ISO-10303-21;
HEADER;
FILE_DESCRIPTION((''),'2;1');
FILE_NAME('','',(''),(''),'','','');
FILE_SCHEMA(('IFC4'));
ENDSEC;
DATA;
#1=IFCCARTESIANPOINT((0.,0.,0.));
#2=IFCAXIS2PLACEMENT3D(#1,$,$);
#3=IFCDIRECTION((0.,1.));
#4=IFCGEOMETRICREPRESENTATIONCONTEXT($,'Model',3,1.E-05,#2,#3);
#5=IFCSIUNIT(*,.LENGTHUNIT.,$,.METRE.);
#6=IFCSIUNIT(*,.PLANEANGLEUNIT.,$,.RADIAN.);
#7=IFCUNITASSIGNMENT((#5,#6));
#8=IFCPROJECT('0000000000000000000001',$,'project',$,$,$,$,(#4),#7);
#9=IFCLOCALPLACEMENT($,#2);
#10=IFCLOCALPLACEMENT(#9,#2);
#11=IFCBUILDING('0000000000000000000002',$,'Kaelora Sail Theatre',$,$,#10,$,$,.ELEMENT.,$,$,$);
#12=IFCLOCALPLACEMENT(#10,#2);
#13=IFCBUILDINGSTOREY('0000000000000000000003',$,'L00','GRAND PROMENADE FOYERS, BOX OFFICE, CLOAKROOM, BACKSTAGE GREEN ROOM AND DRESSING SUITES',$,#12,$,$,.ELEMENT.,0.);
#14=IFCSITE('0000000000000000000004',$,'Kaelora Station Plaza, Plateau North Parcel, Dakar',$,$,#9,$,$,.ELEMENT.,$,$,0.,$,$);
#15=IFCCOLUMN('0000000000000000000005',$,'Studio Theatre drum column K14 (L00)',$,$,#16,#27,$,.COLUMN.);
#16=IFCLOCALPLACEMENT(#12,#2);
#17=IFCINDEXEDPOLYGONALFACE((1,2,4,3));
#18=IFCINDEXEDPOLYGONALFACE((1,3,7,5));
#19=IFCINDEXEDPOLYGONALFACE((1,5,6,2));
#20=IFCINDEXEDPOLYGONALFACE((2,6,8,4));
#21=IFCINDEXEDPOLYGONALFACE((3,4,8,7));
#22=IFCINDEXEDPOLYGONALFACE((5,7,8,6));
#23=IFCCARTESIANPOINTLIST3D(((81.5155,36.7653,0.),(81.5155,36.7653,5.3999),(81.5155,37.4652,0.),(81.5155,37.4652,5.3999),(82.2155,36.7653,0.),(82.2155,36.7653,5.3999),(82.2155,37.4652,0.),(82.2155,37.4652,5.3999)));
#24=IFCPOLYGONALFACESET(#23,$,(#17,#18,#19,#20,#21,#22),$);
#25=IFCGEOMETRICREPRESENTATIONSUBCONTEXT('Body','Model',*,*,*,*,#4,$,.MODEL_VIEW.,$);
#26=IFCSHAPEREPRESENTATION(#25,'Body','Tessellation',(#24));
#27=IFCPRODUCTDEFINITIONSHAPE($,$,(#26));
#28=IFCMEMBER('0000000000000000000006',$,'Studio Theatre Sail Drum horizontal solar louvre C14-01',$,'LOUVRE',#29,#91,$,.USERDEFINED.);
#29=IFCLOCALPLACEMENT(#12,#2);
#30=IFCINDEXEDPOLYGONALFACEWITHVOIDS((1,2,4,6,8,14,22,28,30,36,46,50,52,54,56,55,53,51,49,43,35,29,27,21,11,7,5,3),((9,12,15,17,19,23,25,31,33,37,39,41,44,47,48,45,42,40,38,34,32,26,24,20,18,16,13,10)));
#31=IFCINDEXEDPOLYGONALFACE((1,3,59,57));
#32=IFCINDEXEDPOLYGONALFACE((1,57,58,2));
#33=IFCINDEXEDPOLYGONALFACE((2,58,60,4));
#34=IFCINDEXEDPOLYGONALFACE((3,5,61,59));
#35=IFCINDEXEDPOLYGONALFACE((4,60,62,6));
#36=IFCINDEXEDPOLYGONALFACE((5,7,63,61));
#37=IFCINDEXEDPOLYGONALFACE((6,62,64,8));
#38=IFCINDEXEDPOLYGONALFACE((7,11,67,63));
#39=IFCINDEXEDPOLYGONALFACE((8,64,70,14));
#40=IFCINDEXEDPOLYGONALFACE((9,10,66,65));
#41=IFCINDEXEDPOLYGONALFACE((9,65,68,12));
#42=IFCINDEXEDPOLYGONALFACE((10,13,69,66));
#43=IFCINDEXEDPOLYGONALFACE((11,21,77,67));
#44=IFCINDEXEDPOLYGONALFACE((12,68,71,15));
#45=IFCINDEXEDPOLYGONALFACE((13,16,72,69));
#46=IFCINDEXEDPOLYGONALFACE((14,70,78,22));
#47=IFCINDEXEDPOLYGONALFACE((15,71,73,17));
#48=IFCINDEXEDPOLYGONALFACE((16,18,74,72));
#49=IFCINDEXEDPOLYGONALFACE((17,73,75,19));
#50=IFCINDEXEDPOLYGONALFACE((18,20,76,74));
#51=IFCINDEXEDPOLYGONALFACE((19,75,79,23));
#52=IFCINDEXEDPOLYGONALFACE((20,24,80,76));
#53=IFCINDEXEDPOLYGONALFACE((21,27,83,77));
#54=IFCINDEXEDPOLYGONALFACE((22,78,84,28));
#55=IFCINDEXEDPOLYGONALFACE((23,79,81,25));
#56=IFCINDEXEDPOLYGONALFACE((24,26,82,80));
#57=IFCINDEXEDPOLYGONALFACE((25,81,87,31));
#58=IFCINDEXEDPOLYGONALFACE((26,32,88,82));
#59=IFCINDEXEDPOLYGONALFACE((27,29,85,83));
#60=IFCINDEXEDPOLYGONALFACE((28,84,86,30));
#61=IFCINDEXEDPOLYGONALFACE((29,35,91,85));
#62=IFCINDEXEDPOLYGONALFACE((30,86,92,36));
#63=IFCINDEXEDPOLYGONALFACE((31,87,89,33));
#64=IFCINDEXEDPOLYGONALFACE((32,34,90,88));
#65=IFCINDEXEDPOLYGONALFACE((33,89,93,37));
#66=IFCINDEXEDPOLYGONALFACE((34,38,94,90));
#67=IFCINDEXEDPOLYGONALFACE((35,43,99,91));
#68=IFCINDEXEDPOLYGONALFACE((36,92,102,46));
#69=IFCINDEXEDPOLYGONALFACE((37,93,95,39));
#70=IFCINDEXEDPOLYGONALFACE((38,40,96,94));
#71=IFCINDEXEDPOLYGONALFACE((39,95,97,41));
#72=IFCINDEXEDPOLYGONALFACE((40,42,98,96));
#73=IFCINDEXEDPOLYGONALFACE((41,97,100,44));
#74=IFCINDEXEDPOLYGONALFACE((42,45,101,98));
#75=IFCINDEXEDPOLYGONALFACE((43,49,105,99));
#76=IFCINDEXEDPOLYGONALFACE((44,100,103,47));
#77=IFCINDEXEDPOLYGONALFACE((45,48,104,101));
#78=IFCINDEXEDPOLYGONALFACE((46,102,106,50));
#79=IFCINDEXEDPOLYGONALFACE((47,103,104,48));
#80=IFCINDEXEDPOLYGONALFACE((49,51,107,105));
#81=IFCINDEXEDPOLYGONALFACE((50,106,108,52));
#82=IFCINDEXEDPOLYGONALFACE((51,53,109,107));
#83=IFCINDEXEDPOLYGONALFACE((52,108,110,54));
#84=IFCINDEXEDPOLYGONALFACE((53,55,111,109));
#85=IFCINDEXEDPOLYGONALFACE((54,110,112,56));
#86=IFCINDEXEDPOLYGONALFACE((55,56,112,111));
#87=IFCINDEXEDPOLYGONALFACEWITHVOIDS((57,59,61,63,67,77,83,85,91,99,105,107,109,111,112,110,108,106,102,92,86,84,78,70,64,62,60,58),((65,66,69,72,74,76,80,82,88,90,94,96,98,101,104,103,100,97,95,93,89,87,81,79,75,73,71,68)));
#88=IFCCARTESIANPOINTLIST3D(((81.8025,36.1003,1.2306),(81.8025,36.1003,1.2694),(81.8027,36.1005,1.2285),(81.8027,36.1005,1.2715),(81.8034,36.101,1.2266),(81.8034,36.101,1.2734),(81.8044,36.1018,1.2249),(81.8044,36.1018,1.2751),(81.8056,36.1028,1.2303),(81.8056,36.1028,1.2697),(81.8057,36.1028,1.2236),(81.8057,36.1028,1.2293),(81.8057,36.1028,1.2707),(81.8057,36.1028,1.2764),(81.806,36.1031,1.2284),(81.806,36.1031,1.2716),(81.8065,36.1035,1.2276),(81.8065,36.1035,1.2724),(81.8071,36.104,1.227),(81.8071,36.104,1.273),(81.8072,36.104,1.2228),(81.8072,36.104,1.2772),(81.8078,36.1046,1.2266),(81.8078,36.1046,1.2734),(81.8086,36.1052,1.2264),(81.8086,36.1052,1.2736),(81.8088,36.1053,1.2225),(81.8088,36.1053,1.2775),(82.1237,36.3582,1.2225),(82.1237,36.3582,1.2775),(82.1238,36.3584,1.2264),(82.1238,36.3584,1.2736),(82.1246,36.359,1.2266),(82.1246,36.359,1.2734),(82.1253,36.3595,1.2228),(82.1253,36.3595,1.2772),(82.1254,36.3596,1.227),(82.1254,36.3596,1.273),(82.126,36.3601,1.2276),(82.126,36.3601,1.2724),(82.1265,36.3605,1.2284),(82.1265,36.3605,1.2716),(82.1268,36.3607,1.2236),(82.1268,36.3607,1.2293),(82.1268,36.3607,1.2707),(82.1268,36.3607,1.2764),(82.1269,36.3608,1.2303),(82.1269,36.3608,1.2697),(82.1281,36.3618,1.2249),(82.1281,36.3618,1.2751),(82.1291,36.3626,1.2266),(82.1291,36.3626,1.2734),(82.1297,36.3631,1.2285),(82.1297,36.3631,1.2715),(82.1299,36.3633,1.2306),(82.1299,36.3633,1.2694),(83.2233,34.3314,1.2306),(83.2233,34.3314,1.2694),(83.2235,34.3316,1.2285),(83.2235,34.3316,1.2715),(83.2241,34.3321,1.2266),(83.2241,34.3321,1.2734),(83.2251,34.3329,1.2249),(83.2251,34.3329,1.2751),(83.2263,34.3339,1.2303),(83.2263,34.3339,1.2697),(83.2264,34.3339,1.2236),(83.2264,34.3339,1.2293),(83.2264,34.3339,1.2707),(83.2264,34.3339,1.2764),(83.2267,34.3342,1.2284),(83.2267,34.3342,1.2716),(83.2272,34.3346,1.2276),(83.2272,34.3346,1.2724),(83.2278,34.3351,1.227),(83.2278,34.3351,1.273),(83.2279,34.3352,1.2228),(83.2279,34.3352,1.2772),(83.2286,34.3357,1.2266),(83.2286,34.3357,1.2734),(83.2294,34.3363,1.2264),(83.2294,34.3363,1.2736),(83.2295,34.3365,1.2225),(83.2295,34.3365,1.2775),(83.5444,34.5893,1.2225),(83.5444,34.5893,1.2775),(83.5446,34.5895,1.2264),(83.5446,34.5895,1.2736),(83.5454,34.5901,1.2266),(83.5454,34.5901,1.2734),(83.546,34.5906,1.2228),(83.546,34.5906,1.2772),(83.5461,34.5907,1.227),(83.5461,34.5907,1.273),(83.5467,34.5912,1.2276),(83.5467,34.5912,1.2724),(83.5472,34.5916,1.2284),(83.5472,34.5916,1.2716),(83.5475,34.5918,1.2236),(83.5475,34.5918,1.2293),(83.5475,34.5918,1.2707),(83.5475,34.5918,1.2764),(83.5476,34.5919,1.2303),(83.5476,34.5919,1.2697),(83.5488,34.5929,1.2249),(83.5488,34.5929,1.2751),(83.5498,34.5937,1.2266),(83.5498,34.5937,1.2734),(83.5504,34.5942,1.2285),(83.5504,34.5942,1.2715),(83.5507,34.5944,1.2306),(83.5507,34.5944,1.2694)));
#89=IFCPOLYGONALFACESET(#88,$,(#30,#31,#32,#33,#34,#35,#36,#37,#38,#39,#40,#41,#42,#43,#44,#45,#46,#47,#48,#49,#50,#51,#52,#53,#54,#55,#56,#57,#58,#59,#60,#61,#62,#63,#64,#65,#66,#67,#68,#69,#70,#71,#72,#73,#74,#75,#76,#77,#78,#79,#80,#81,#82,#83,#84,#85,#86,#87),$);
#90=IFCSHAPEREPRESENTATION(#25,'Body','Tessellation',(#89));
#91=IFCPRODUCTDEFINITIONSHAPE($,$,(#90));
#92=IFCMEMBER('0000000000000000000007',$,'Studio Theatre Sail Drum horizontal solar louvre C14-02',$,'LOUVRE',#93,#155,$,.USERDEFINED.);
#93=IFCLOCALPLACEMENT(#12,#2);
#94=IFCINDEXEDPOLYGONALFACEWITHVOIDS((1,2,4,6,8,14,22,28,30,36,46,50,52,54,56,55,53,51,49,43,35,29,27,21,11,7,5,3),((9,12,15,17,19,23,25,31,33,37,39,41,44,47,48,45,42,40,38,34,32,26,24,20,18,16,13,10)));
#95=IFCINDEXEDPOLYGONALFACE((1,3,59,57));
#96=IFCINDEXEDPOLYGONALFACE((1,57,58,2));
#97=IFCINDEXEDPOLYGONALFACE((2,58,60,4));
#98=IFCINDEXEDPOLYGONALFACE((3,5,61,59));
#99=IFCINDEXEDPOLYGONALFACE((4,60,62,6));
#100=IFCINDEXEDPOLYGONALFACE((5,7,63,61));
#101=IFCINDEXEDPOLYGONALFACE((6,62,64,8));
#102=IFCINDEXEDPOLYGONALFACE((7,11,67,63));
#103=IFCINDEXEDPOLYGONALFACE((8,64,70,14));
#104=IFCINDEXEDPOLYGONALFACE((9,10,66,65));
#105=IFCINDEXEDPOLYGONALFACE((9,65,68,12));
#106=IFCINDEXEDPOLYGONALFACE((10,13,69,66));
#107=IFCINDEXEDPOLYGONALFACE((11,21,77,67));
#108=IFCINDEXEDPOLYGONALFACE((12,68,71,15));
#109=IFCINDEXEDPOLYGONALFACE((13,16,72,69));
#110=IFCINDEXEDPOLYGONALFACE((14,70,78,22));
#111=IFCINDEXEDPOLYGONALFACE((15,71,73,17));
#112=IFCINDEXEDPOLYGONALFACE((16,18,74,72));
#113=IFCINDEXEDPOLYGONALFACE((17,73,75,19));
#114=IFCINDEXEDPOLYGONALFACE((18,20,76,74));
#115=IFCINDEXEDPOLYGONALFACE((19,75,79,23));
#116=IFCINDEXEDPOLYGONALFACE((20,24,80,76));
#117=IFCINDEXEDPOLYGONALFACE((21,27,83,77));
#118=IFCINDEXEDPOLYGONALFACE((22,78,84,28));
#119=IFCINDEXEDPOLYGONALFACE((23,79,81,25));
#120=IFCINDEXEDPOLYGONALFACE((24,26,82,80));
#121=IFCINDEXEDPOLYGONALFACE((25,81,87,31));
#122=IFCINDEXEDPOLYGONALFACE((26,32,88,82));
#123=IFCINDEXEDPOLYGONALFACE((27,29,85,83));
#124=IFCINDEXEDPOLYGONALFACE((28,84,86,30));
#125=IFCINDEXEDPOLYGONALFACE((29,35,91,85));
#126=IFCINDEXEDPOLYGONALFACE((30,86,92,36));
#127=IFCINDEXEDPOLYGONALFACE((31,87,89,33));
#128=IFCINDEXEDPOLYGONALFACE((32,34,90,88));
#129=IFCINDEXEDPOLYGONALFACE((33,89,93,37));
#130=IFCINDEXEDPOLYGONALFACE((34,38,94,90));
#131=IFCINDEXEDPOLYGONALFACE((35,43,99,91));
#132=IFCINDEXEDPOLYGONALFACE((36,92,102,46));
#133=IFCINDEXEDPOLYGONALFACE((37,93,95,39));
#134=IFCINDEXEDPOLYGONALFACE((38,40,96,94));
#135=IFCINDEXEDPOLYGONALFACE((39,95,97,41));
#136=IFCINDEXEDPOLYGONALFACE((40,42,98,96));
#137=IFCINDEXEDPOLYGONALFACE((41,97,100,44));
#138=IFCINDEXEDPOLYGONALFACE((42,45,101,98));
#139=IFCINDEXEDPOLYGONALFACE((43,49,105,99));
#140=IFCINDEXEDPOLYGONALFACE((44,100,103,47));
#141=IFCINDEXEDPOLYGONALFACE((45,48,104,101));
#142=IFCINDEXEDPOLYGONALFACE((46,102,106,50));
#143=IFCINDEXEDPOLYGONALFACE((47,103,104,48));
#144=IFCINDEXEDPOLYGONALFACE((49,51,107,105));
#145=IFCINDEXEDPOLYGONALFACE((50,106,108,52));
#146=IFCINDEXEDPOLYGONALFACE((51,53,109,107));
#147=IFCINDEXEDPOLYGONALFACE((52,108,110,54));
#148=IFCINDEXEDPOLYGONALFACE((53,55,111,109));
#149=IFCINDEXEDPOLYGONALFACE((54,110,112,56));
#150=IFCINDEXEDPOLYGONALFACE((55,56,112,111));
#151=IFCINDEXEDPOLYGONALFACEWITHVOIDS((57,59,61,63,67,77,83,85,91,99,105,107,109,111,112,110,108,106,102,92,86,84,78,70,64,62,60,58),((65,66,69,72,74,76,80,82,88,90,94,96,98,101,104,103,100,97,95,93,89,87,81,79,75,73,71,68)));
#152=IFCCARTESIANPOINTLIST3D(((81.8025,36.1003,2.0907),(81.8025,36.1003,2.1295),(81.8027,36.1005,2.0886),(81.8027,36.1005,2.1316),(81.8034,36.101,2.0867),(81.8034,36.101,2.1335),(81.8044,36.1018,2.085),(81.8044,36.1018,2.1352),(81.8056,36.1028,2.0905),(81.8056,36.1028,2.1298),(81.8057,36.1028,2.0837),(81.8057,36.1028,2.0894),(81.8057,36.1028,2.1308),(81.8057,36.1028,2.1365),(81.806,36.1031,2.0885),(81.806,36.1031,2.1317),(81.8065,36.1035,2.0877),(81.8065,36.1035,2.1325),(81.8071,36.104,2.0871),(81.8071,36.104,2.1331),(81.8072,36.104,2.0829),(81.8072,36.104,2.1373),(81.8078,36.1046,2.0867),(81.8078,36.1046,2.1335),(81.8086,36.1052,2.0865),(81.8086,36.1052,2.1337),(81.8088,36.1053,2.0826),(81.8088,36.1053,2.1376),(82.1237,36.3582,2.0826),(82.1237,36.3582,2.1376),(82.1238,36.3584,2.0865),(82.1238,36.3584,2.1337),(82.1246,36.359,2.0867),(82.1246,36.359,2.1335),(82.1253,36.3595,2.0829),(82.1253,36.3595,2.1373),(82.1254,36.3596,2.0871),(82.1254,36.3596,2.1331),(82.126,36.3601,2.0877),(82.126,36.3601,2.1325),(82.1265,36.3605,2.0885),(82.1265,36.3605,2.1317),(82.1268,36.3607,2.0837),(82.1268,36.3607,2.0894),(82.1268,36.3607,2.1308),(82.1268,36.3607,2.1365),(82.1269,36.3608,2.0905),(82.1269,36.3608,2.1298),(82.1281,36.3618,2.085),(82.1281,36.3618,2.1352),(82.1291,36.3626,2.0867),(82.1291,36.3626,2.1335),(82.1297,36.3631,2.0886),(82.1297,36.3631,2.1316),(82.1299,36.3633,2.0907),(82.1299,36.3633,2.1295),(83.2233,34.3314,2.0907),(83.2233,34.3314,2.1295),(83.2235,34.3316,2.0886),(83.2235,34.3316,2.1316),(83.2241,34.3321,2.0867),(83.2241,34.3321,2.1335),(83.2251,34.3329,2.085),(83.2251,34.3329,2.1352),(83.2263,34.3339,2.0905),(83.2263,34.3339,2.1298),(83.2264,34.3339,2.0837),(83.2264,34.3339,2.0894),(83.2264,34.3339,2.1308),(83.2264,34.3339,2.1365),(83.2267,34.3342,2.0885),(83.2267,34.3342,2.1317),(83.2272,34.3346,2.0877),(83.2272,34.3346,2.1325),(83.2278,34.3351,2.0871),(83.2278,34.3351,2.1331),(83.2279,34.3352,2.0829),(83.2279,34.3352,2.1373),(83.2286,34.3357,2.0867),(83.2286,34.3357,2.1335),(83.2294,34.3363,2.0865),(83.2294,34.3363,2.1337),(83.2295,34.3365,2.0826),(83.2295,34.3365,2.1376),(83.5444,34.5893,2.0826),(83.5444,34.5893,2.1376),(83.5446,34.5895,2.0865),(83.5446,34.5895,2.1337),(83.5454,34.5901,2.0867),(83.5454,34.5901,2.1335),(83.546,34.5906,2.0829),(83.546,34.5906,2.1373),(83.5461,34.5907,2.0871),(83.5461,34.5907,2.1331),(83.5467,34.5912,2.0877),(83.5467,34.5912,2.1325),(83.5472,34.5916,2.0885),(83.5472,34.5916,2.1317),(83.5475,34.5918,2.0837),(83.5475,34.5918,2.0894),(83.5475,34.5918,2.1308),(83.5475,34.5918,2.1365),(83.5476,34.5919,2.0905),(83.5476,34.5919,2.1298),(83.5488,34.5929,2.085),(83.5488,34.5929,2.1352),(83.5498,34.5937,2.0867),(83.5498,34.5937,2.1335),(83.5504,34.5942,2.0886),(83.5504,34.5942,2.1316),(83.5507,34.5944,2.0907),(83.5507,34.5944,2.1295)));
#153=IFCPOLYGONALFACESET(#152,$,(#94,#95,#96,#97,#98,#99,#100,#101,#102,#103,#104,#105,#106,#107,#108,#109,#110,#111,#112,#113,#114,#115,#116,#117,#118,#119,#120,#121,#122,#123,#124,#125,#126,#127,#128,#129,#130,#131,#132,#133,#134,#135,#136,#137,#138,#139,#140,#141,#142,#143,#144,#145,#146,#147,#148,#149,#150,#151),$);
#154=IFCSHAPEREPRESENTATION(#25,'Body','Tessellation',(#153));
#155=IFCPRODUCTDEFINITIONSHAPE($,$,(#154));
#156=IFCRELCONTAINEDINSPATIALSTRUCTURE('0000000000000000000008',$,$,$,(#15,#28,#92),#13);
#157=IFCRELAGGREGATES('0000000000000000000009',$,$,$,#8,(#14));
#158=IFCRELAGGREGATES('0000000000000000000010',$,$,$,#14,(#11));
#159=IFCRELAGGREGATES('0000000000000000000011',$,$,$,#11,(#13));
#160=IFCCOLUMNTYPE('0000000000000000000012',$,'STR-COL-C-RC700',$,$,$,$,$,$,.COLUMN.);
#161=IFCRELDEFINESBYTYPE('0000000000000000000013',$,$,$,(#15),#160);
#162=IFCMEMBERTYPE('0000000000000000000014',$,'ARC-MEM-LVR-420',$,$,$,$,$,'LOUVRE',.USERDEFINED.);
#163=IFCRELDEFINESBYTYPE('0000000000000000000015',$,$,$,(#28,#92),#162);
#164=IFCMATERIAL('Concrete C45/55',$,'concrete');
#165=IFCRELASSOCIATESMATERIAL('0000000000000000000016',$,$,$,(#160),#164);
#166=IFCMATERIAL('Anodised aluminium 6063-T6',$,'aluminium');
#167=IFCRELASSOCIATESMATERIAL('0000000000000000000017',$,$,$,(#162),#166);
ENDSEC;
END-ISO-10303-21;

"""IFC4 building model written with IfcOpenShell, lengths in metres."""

from ifc_helpers import new_model, si_unit, direction, frame, origin, origin_2d, place, context, subcontext, project, spatial, rectangle, hollow_rectangle, extrude, material, material_profile, profile_set, type_object, element, save


model = new_model("IFC4")

# Units and contexts
model_context = context("Model", 3, precision=1e-05, world=origin(), true_north=direction((0.0, 1.0)))
body_context = subcontext(model_context, "Body", "Model", "MODEL_VIEW")
ifc_project = project(units=[si_unit("LENGTHUNIT", "METRE"), si_unit("PLANEANGLEUNIT", "RADIAN")], contexts=[model_context])

# Site, building, storey
site_placement = place(None, origin())
site = spatial("IfcSite", under=ifc_project, at=site_placement, Name="Kaelora Station Plaza, Plateau North Parcel, Dakar", CompositionType="ELEMENT", RefElevation=0.0)
building_placement = place(site_placement, origin())
building = spatial("IfcBuilding", under=site, at=building_placement, Name="Kaelora Sail Theatre", CompositionType="ELEMENT")
storey_placement = place(building_placement, origin())
storey = spatial("IfcBuildingStorey", under=building, at=storey_placement, Name="L00", Description="GRAND PROMENADE FOYERS, BOX OFFICE, CLOAKROOM, BACKSTAGE GREEN ROOM AND DRESSING SUITES", CompositionType="ELEMENT", Elevation=0.0)

# Column
ifc_material_1 = material(Name="Concrete C45/55", Category="concrete")
ifc_material_profile_1 = material_profile(ifc_material_1, rectangle(XDim=0.7, YDim=0.7, at=origin_2d()), Name="RC-COL 700x700")
ifc_profile_set_1 = profile_set([ifc_material_profile_1], Name="Concrete C45/55")
column_type = type_object("IfcColumnType", Name="STR-COL-C-RC700", PredefinedType="COLUMN", material=ifc_profile_set_1)
column_placement = place(storey_placement, frame((81.8655, 37.1152, 0.0), z_axis=(0.0, 0.0, 1.0), x_axis=(1.0, 0.0, 0.0)))
element("IfcColumn", 1, at=column_placement, inside=storey, type_object=column_type, Name="Studio Theatre drum column K14 (L00)", PredefinedType="COLUMN", context=body_context, shape_type="SweptSolid", body=[
    extrude(rectangle(XDim=0.7, YDim=0.7, at=origin_2d()), origin(), (0.0, 0.0, 1.0), 5.3999),
])

# Members
ifc_material_2 = material(Name="Anodised aluminium 6063-T6", Category="aluminium")
ifc_material_profile_2 = material_profile(ifc_material_2, hollow_rectangle(XDim=0.4199, YDim=0.0549, WallThickness=0.0039, InnerFilletRadius=0.0039, OuterFilletRadius=0.0081, at=origin_2d()), Name="LOUVRE 420x55x4")
ifc_profile_set_2 = profile_set([ifc_material_profile_2], Name="Anodised aluminium 6063-T6")
member_type_1 = type_object("IfcMemberType", Name="ARC-MEM-LVR-420", ElementType="LOUVRE", PredefinedType="USERDEFINED", material=ifc_profile_set_2)
for number, where, z_axis, x_axis, name in (
    (2, (83.387, 34.4629, 1.25), (-0.626203, 0.77966, 0.0), (-0.77966, -0.626203, 0.0), "Studio Theatre Sail Drum horizontal solar louvre C14-01"),
    (3, (83.387, 34.4629, 2.1101), (-0.626203, 0.77966, 0.0), (-0.77966, -0.626203, 0.0), "Studio Theatre Sail Drum horizontal solar louvre C14-02"),
):
    element("IfcMember", number, at=place(storey_placement, frame(where, z_axis=z_axis, x_axis=x_axis)), inside=storey, type_object=member_type_1, Name=name, ObjectType="LOUVRE", PredefinedType="USERDEFINED", context=body_context, shape_type="SweptSolid", body=[
        extrude(hollow_rectangle(XDim=0.4199, YDim=0.0549, WallThickness=0.0039, InnerFilletRadius=0.0039, OuterFilletRadius=0.0081, at=origin_2d()), origin(), (0.0, 0.0, 1.0), 2.2688),
    ])

save(model, "model.ifc")
